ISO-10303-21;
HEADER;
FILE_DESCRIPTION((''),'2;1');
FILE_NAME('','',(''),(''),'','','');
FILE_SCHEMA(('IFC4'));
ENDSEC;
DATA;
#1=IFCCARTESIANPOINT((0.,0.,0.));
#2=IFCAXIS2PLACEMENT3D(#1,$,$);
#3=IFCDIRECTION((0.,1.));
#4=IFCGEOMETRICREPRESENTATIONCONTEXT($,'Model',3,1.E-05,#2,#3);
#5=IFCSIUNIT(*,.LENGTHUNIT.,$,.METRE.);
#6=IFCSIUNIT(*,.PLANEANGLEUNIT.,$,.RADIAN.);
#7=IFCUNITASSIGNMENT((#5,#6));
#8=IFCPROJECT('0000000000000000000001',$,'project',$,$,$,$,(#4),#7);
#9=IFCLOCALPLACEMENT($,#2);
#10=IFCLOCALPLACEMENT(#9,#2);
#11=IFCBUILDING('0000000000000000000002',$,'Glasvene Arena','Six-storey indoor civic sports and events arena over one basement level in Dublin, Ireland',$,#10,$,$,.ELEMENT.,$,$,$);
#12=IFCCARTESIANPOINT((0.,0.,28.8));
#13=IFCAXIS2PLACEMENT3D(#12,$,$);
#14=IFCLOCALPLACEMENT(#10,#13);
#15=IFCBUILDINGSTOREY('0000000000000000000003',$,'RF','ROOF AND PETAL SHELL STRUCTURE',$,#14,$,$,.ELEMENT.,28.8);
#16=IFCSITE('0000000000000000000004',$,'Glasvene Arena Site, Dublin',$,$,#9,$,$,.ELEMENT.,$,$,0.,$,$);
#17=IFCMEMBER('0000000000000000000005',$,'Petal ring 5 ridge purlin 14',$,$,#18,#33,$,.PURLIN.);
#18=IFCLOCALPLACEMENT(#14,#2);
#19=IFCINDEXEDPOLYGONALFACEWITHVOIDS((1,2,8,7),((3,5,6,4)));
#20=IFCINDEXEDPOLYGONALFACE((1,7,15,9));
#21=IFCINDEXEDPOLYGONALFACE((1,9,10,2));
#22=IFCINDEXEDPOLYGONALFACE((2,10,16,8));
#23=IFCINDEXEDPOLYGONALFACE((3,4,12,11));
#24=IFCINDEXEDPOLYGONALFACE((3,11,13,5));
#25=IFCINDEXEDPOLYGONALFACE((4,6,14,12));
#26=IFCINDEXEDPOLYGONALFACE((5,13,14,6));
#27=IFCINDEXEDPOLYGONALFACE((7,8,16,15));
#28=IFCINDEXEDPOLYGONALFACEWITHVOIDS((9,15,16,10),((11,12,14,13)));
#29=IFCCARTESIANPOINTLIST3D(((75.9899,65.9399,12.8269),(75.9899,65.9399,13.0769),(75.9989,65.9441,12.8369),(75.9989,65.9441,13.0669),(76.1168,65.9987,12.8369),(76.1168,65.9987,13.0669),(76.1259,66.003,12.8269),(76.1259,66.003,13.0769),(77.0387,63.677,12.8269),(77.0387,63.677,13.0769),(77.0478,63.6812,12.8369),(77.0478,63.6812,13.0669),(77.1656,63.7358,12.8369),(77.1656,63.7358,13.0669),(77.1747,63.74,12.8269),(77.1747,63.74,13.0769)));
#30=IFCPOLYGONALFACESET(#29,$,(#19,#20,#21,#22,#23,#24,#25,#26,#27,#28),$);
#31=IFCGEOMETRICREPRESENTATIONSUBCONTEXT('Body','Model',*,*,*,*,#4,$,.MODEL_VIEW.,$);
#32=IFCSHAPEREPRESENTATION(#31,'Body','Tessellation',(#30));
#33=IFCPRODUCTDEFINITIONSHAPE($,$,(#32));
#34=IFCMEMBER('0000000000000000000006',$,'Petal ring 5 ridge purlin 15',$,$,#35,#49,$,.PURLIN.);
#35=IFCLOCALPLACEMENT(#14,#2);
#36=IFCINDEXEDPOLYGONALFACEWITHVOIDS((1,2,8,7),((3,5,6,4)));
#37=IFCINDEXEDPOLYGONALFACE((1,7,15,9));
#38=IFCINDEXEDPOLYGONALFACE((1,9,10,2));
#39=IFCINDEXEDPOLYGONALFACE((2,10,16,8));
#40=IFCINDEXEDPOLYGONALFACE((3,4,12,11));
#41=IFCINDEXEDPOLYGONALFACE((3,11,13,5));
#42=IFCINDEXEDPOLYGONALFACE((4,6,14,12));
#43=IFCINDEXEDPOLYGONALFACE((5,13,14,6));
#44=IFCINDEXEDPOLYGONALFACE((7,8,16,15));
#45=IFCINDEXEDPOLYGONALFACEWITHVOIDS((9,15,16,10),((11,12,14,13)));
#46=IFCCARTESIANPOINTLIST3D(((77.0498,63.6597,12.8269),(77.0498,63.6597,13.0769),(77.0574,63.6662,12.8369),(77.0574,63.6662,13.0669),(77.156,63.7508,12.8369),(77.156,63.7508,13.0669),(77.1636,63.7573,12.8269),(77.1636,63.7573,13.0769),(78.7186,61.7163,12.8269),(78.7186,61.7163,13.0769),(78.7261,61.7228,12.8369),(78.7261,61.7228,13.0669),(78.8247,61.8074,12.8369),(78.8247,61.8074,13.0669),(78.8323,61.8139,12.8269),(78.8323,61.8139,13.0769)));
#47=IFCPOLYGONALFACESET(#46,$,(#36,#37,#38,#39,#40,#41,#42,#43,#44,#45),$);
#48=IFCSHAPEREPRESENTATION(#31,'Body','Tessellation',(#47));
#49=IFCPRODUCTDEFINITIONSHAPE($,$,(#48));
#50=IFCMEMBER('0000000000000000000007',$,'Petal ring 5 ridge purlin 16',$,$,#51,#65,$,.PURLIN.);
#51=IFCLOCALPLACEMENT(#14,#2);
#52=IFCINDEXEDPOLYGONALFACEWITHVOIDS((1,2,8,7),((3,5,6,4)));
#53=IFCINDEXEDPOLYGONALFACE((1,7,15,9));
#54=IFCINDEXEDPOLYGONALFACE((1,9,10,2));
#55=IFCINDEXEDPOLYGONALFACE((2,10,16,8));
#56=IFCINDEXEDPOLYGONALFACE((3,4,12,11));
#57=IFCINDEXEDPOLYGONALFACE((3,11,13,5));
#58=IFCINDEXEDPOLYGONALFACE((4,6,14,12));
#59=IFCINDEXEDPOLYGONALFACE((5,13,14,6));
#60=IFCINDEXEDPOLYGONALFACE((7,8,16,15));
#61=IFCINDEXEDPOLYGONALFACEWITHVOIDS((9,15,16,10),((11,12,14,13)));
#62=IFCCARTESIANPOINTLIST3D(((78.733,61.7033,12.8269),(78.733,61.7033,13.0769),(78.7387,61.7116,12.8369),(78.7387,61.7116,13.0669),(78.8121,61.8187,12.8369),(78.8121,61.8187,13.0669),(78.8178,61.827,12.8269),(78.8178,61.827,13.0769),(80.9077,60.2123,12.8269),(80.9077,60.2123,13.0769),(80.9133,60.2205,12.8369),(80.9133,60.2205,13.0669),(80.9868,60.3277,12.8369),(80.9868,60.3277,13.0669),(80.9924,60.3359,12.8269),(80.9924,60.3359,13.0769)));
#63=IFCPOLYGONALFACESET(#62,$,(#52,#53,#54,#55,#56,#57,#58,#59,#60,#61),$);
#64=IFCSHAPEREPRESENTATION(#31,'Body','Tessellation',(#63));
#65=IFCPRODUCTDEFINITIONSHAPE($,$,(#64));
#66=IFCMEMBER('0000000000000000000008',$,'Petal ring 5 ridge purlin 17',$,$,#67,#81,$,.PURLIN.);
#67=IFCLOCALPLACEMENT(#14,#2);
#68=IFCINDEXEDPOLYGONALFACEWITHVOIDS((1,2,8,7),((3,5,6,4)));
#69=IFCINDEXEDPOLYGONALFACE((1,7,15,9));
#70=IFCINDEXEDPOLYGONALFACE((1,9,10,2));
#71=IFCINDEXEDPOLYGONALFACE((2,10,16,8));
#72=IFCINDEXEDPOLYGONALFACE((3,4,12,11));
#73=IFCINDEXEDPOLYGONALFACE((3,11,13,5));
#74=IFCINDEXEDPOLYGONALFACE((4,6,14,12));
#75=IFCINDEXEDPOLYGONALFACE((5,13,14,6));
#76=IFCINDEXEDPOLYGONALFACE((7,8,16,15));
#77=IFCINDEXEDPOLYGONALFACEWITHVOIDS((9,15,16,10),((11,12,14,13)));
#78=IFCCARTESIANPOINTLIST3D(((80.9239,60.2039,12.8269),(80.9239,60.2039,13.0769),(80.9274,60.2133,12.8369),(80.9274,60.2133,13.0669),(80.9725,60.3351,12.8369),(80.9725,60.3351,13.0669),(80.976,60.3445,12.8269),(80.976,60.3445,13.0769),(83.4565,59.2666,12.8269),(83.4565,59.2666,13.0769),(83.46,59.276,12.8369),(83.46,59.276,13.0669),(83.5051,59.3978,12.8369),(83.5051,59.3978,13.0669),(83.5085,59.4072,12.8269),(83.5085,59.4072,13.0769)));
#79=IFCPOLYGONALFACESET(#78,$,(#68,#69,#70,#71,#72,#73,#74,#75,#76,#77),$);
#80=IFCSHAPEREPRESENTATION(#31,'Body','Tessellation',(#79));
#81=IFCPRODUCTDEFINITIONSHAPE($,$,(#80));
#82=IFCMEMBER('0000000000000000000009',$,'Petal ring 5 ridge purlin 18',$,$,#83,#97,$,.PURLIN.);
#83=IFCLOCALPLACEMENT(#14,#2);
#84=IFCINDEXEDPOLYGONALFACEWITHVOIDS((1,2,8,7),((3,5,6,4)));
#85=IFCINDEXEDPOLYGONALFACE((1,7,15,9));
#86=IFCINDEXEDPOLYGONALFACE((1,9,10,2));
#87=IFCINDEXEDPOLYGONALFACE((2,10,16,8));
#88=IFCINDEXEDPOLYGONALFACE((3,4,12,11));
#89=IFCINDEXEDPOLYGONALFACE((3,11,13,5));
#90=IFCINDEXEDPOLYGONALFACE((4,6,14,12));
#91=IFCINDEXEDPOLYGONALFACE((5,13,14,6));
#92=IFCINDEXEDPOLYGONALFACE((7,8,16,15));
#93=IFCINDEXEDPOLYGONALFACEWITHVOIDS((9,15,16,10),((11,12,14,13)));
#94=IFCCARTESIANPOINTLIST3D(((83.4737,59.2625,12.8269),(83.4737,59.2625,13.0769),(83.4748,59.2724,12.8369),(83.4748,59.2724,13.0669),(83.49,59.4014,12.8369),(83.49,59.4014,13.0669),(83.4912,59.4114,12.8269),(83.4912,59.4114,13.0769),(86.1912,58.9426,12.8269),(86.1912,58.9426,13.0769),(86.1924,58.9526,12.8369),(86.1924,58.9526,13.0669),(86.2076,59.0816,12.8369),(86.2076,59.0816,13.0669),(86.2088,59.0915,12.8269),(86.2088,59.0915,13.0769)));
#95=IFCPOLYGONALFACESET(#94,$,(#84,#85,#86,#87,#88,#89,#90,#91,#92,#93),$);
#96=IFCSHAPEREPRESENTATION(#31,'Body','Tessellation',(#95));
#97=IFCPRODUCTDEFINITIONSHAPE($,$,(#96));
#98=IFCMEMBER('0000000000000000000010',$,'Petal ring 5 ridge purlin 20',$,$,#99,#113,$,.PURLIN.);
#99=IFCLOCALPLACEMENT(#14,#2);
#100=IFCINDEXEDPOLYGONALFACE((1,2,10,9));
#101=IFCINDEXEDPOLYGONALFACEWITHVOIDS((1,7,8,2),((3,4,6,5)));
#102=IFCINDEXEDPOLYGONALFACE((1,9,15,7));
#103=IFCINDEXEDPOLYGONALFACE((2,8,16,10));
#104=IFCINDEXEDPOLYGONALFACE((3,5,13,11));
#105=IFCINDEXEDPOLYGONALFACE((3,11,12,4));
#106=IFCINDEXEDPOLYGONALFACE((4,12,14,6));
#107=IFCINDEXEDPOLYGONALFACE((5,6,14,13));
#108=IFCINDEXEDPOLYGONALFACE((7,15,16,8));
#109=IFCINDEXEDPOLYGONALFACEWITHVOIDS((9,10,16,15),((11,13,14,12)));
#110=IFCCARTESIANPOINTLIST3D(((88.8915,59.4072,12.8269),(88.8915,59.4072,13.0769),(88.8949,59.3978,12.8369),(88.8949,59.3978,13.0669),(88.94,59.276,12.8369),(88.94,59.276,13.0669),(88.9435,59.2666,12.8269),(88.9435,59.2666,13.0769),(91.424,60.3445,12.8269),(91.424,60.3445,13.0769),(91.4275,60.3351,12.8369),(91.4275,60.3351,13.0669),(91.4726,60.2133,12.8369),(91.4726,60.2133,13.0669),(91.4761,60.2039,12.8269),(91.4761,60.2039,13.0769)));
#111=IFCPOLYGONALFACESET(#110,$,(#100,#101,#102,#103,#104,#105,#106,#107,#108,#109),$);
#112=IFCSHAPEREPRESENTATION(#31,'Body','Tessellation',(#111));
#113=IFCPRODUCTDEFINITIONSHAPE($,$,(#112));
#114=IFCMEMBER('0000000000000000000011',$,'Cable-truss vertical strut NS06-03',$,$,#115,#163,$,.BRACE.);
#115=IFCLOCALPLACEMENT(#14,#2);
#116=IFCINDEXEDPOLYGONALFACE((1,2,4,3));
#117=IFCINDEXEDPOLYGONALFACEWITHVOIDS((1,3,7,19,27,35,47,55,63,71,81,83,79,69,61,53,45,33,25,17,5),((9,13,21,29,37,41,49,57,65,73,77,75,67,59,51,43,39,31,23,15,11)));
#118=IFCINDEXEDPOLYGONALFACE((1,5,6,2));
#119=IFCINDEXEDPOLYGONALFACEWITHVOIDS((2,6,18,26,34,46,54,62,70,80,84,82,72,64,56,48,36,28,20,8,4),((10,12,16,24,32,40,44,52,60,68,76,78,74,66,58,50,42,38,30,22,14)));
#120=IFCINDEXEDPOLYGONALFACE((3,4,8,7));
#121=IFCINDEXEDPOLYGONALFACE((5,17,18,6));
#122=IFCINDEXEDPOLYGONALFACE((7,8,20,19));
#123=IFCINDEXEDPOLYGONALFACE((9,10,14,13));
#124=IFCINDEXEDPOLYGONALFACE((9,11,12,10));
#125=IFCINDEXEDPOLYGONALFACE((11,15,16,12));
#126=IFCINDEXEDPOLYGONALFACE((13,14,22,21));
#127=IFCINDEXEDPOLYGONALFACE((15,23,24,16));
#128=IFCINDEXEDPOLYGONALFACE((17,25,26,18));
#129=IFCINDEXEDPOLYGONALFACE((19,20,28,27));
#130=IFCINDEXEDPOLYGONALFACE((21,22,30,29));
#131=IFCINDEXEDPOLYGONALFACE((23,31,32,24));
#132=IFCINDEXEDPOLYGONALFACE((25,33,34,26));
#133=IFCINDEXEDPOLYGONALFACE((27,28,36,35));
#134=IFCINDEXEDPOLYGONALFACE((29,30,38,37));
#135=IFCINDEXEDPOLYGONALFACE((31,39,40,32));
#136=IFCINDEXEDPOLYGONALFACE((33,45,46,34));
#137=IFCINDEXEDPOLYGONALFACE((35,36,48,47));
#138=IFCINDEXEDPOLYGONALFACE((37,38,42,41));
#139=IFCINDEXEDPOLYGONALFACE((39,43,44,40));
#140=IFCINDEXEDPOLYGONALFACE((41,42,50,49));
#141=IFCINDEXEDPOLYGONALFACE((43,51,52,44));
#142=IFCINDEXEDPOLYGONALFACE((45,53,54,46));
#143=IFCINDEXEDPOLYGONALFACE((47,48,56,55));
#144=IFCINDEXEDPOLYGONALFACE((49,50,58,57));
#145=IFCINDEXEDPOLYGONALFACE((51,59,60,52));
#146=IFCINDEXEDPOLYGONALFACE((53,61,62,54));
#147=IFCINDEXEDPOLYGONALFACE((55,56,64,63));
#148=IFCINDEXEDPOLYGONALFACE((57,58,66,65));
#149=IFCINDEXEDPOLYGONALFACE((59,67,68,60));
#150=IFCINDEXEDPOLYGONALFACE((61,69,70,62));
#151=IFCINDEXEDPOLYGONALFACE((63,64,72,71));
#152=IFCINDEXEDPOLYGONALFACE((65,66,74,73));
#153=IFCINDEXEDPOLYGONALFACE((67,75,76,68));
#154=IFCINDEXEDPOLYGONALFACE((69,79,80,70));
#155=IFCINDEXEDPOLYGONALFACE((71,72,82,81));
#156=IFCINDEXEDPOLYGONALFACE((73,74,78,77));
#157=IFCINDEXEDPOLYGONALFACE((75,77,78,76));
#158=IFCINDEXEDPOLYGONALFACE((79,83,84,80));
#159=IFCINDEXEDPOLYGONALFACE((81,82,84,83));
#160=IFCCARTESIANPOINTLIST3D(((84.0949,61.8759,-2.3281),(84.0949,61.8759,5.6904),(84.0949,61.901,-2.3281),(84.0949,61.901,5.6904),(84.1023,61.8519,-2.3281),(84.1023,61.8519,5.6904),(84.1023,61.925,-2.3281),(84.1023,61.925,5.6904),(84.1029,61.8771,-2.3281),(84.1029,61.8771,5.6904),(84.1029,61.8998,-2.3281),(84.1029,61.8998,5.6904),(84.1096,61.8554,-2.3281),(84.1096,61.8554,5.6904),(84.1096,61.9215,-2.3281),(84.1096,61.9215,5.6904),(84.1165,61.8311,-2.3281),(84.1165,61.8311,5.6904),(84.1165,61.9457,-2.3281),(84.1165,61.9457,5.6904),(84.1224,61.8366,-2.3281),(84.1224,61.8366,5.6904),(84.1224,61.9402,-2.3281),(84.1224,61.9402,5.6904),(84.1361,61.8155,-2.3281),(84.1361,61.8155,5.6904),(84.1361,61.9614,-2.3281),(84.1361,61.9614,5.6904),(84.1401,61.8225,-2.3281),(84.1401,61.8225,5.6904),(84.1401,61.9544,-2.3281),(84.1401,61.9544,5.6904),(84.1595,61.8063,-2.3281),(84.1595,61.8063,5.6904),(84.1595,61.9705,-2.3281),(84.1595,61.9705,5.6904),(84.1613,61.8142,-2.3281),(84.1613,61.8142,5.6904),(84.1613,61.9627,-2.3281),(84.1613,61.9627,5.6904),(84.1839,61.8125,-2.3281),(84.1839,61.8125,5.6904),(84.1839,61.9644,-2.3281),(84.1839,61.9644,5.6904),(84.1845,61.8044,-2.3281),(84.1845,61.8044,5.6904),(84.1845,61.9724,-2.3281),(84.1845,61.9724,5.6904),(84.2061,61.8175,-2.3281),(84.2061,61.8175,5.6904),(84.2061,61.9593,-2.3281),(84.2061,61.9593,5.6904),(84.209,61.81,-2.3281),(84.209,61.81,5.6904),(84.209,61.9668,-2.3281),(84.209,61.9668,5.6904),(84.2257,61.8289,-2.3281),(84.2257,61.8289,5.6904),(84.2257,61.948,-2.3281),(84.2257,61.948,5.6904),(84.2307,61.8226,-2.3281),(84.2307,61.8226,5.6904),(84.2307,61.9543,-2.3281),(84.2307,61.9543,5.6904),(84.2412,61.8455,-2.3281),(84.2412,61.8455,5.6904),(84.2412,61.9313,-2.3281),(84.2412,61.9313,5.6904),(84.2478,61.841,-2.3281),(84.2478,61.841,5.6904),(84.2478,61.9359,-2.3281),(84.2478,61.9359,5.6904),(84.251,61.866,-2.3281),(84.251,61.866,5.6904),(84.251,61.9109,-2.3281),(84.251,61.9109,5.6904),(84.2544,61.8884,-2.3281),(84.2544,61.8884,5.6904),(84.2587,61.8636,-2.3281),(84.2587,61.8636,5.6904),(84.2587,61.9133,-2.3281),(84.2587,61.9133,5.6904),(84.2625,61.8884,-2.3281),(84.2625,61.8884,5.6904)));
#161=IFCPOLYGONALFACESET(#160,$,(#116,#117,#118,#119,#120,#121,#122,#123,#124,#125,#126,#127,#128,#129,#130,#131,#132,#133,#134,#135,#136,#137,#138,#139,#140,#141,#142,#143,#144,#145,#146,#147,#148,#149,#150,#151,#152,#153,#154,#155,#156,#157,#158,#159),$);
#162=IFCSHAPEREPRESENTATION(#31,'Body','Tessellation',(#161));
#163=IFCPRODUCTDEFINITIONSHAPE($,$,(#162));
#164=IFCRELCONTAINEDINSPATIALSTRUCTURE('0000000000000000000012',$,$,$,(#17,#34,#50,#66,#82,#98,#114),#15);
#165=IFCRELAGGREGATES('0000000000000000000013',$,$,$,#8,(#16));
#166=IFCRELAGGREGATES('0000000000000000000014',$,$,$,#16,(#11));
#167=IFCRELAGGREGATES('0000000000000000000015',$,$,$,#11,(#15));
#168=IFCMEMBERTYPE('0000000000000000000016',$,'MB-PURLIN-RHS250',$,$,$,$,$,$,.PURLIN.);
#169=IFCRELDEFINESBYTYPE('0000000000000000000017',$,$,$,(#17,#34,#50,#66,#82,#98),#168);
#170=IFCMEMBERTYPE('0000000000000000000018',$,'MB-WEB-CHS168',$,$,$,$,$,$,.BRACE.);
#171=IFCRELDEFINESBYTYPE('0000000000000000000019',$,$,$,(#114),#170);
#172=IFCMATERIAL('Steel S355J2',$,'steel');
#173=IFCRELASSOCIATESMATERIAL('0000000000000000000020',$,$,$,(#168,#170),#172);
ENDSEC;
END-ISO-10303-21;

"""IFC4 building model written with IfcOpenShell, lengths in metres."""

from ifc_helpers import new_model, si_unit, direction, frame, origin, origin_2d, place, context, subcontext, project, spatial, hollow_rectangle, hollow_circle, extrude, material, material_profile, profile_set, type_object, element, save


model = new_model("IFC4")

# Units and contexts
model_context = context("Model", 3, precision=1e-05, world=origin(), true_north=direction((0.0, 1.0)))
body_context = subcontext(model_context, "Body", "Model", "MODEL_VIEW")
ifc_project = project(units=[si_unit("LENGTHUNIT", "METRE"), si_unit("PLANEANGLEUNIT", "RADIAN")], contexts=[model_context])

# Site, building, storey
site_placement = place(None, origin())
site = spatial("IfcSite", under=ifc_project, at=site_placement, Name="Glasvene Arena Site, Dublin", CompositionType="ELEMENT", RefElevation=0.0)
building_placement = place(site_placement, origin())
building = spatial("IfcBuilding", under=site, at=building_placement, Name="Glasvene Arena", Description="Six-storey indoor civic sports and events arena over one basement level in Dublin, Ireland", CompositionType="ELEMENT")
storey_placement = place(building_placement, frame((0.0, 0.0, 28.8)))
storey = spatial("IfcBuildingStorey", under=building, at=storey_placement, Name="RF", Description="ROOF AND PETAL SHELL STRUCTURE", CompositionType="ELEMENT", Elevation=28.8)

# Shared definitions
ifc_material_1 = material(Name="Steel S355J2", Category="steel")

# Members
ifc_material_profile_1 = material_profile(ifc_material_1, hollow_rectangle(XDim=0.1499, YDim=0.25, WallThickness=0.01, at=origin_2d()), Name="RHS 250x150x10.0")
ifc_profile_set_1 = profile_set([ifc_material_profile_1], Name="Steel S355J2")
member_type_1 = type_object("IfcMemberType", Name="MB-PURLIN-RHS250", PredefinedType="PURLIN", material=ifc_profile_set_1)
member_1_placement = place(storey_placement, frame((76.0579, 65.9714, 12.9519), z_axis=(0.42051, -0.907288, 0.0), x_axis=(0.907288, 0.42051, 0.0)))
element("IfcMember", 1, at=member_1_placement, inside=storey, type_object=member_type_1, Name="Petal ring 5 ridge purlin 14", PredefinedType="PURLIN", context=body_context, shape_type="SweptSolid", body=[
    extrude(hollow_rectangle(XDim=0.1499, YDim=0.25, WallThickness=0.01, at=origin_2d()), origin(), (0.0, 0.0, 1.0), 2.4941),
])
member_2_placement = place(storey_placement, frame((77.1067, 63.7085, 12.9519), z_axis=(0.651458, -0.758684, 0.0), x_axis=(0.758684, 0.651458, 0.0)))
element("IfcMember", 2, at=member_2_placement, inside=storey, type_object=member_type_1, Name="Petal ring 5 ridge purlin 15", PredefinedType="PURLIN", context=body_context, shape_type="SweptSolid", body=[
    extrude(hollow_rectangle(XDim=0.1499, YDim=0.25, WallThickness=0.01, at=origin_2d()), origin(), (0.0, 0.0, 1.0), 2.5615),
])
member_3_placement = place(storey_placement, frame((78.7754, 61.7651, 12.9519), z_axis=(0.824757, -0.565487, 0.0), x_axis=(0.565487, 0.824757, 0.0)))
element("IfcMember", 3, at=member_3_placement, inside=storey, type_object=member_type_1, Name="Petal ring 5 ridge purlin 16", PredefinedType="PURLIN", context=body_context, shape_type="SweptSolid", body=[
    extrude(hollow_rectangle(XDim=0.1499, YDim=0.25, WallThickness=0.01, at=origin_2d()), origin(), (0.0, 0.0, 1.0), 2.6367),
])
member_4_placement = place(storey_placement, frame((80.95, 60.2742, 12.9519), z_axis=(0.937833, -0.347088, 0.0), x_axis=(0.347088, 0.937833, 0.0)))
element("IfcMember", 4, at=member_4_placement, inside=storey, type_object=member_type_1, Name="Petal ring 5 ridge purlin 17", PredefinedType="PURLIN", context=body_context, shape_type="SweptSolid", body=[
    extrude(hollow_rectangle(XDim=0.1499, YDim=0.25, WallThickness=0.01, at=origin_2d()), origin(), (0.0, 0.0, 1.0), 2.7004),
])
member_5_placement = place(storey_placement, frame((83.4824, 59.3369, 12.9519), z_axis=(0.993146, -0.116883, 0.0), x_axis=(0.116883, 0.993146, 0.0)))
element("IfcMember", 5, at=member_5_placement, inside=storey, type_object=member_type_1, Name="Petal ring 5 ridge purlin 18", PredefinedType="PURLIN", context=body_context, shape_type="SweptSolid", body=[
    extrude(hollow_rectangle(XDim=0.1499, YDim=0.25, WallThickness=0.01, at=origin_2d()), origin(), (0.0, 0.0, 1.0), 2.7363),
])
member_6_placement = place(storey_placement, frame((88.9175, 59.3369, 12.9519), z_axis=(0.937833, 0.347088, 0.0), x_axis=(-0.347088, 0.937833, 0.0)))
element("IfcMember", 6, at=member_6_placement, inside=storey, type_object=member_type_1, Name="Petal ring 5 ridge purlin 20", PredefinedType="PURLIN", context=body_context, shape_type="SweptSolid", body=[
    extrude(hollow_rectangle(XDim=0.1499, YDim=0.25, WallThickness=0.01, at=origin_2d()), origin(), (0.0, 0.0, 1.0), 2.7004),
])
ifc_material_profile_2 = material_profile(ifc_material_1, hollow_circle(Radius=0.0842, WallThickness=0.0081, at=origin_2d()), Name="CHS 168.3x8.0")
ifc_profile_set_2 = profile_set([ifc_material_profile_2], Name="Steel S355J2")
member_type_2 = type_object("IfcMemberType", Name="MB-WEB-CHS168", PredefinedType="BRACE", material=ifc_profile_set_2)
for number, where, z_axis, x_axis, name in (
    (7, (84.1782, 61.8884, -2.3281), (0.0, 0.0, 1.0), (1.0, 0.0, 0.0), "Cable-truss vertical strut NS06-03"),
):
    element("IfcMember", number, at=place(storey_placement, frame(where, z_axis=z_axis, x_axis=x_axis)), inside=storey, type_object=member_type_2, Name=name, PredefinedType="BRACE", context=body_context, shape_type="SweptSolid", body=[
        extrude(hollow_circle(Radius=0.0842, WallThickness=0.0081, at=origin_2d()), origin(), (0.0, 0.0, 1.0), 8.0186),
    ])

save(model, "model.ifc")
